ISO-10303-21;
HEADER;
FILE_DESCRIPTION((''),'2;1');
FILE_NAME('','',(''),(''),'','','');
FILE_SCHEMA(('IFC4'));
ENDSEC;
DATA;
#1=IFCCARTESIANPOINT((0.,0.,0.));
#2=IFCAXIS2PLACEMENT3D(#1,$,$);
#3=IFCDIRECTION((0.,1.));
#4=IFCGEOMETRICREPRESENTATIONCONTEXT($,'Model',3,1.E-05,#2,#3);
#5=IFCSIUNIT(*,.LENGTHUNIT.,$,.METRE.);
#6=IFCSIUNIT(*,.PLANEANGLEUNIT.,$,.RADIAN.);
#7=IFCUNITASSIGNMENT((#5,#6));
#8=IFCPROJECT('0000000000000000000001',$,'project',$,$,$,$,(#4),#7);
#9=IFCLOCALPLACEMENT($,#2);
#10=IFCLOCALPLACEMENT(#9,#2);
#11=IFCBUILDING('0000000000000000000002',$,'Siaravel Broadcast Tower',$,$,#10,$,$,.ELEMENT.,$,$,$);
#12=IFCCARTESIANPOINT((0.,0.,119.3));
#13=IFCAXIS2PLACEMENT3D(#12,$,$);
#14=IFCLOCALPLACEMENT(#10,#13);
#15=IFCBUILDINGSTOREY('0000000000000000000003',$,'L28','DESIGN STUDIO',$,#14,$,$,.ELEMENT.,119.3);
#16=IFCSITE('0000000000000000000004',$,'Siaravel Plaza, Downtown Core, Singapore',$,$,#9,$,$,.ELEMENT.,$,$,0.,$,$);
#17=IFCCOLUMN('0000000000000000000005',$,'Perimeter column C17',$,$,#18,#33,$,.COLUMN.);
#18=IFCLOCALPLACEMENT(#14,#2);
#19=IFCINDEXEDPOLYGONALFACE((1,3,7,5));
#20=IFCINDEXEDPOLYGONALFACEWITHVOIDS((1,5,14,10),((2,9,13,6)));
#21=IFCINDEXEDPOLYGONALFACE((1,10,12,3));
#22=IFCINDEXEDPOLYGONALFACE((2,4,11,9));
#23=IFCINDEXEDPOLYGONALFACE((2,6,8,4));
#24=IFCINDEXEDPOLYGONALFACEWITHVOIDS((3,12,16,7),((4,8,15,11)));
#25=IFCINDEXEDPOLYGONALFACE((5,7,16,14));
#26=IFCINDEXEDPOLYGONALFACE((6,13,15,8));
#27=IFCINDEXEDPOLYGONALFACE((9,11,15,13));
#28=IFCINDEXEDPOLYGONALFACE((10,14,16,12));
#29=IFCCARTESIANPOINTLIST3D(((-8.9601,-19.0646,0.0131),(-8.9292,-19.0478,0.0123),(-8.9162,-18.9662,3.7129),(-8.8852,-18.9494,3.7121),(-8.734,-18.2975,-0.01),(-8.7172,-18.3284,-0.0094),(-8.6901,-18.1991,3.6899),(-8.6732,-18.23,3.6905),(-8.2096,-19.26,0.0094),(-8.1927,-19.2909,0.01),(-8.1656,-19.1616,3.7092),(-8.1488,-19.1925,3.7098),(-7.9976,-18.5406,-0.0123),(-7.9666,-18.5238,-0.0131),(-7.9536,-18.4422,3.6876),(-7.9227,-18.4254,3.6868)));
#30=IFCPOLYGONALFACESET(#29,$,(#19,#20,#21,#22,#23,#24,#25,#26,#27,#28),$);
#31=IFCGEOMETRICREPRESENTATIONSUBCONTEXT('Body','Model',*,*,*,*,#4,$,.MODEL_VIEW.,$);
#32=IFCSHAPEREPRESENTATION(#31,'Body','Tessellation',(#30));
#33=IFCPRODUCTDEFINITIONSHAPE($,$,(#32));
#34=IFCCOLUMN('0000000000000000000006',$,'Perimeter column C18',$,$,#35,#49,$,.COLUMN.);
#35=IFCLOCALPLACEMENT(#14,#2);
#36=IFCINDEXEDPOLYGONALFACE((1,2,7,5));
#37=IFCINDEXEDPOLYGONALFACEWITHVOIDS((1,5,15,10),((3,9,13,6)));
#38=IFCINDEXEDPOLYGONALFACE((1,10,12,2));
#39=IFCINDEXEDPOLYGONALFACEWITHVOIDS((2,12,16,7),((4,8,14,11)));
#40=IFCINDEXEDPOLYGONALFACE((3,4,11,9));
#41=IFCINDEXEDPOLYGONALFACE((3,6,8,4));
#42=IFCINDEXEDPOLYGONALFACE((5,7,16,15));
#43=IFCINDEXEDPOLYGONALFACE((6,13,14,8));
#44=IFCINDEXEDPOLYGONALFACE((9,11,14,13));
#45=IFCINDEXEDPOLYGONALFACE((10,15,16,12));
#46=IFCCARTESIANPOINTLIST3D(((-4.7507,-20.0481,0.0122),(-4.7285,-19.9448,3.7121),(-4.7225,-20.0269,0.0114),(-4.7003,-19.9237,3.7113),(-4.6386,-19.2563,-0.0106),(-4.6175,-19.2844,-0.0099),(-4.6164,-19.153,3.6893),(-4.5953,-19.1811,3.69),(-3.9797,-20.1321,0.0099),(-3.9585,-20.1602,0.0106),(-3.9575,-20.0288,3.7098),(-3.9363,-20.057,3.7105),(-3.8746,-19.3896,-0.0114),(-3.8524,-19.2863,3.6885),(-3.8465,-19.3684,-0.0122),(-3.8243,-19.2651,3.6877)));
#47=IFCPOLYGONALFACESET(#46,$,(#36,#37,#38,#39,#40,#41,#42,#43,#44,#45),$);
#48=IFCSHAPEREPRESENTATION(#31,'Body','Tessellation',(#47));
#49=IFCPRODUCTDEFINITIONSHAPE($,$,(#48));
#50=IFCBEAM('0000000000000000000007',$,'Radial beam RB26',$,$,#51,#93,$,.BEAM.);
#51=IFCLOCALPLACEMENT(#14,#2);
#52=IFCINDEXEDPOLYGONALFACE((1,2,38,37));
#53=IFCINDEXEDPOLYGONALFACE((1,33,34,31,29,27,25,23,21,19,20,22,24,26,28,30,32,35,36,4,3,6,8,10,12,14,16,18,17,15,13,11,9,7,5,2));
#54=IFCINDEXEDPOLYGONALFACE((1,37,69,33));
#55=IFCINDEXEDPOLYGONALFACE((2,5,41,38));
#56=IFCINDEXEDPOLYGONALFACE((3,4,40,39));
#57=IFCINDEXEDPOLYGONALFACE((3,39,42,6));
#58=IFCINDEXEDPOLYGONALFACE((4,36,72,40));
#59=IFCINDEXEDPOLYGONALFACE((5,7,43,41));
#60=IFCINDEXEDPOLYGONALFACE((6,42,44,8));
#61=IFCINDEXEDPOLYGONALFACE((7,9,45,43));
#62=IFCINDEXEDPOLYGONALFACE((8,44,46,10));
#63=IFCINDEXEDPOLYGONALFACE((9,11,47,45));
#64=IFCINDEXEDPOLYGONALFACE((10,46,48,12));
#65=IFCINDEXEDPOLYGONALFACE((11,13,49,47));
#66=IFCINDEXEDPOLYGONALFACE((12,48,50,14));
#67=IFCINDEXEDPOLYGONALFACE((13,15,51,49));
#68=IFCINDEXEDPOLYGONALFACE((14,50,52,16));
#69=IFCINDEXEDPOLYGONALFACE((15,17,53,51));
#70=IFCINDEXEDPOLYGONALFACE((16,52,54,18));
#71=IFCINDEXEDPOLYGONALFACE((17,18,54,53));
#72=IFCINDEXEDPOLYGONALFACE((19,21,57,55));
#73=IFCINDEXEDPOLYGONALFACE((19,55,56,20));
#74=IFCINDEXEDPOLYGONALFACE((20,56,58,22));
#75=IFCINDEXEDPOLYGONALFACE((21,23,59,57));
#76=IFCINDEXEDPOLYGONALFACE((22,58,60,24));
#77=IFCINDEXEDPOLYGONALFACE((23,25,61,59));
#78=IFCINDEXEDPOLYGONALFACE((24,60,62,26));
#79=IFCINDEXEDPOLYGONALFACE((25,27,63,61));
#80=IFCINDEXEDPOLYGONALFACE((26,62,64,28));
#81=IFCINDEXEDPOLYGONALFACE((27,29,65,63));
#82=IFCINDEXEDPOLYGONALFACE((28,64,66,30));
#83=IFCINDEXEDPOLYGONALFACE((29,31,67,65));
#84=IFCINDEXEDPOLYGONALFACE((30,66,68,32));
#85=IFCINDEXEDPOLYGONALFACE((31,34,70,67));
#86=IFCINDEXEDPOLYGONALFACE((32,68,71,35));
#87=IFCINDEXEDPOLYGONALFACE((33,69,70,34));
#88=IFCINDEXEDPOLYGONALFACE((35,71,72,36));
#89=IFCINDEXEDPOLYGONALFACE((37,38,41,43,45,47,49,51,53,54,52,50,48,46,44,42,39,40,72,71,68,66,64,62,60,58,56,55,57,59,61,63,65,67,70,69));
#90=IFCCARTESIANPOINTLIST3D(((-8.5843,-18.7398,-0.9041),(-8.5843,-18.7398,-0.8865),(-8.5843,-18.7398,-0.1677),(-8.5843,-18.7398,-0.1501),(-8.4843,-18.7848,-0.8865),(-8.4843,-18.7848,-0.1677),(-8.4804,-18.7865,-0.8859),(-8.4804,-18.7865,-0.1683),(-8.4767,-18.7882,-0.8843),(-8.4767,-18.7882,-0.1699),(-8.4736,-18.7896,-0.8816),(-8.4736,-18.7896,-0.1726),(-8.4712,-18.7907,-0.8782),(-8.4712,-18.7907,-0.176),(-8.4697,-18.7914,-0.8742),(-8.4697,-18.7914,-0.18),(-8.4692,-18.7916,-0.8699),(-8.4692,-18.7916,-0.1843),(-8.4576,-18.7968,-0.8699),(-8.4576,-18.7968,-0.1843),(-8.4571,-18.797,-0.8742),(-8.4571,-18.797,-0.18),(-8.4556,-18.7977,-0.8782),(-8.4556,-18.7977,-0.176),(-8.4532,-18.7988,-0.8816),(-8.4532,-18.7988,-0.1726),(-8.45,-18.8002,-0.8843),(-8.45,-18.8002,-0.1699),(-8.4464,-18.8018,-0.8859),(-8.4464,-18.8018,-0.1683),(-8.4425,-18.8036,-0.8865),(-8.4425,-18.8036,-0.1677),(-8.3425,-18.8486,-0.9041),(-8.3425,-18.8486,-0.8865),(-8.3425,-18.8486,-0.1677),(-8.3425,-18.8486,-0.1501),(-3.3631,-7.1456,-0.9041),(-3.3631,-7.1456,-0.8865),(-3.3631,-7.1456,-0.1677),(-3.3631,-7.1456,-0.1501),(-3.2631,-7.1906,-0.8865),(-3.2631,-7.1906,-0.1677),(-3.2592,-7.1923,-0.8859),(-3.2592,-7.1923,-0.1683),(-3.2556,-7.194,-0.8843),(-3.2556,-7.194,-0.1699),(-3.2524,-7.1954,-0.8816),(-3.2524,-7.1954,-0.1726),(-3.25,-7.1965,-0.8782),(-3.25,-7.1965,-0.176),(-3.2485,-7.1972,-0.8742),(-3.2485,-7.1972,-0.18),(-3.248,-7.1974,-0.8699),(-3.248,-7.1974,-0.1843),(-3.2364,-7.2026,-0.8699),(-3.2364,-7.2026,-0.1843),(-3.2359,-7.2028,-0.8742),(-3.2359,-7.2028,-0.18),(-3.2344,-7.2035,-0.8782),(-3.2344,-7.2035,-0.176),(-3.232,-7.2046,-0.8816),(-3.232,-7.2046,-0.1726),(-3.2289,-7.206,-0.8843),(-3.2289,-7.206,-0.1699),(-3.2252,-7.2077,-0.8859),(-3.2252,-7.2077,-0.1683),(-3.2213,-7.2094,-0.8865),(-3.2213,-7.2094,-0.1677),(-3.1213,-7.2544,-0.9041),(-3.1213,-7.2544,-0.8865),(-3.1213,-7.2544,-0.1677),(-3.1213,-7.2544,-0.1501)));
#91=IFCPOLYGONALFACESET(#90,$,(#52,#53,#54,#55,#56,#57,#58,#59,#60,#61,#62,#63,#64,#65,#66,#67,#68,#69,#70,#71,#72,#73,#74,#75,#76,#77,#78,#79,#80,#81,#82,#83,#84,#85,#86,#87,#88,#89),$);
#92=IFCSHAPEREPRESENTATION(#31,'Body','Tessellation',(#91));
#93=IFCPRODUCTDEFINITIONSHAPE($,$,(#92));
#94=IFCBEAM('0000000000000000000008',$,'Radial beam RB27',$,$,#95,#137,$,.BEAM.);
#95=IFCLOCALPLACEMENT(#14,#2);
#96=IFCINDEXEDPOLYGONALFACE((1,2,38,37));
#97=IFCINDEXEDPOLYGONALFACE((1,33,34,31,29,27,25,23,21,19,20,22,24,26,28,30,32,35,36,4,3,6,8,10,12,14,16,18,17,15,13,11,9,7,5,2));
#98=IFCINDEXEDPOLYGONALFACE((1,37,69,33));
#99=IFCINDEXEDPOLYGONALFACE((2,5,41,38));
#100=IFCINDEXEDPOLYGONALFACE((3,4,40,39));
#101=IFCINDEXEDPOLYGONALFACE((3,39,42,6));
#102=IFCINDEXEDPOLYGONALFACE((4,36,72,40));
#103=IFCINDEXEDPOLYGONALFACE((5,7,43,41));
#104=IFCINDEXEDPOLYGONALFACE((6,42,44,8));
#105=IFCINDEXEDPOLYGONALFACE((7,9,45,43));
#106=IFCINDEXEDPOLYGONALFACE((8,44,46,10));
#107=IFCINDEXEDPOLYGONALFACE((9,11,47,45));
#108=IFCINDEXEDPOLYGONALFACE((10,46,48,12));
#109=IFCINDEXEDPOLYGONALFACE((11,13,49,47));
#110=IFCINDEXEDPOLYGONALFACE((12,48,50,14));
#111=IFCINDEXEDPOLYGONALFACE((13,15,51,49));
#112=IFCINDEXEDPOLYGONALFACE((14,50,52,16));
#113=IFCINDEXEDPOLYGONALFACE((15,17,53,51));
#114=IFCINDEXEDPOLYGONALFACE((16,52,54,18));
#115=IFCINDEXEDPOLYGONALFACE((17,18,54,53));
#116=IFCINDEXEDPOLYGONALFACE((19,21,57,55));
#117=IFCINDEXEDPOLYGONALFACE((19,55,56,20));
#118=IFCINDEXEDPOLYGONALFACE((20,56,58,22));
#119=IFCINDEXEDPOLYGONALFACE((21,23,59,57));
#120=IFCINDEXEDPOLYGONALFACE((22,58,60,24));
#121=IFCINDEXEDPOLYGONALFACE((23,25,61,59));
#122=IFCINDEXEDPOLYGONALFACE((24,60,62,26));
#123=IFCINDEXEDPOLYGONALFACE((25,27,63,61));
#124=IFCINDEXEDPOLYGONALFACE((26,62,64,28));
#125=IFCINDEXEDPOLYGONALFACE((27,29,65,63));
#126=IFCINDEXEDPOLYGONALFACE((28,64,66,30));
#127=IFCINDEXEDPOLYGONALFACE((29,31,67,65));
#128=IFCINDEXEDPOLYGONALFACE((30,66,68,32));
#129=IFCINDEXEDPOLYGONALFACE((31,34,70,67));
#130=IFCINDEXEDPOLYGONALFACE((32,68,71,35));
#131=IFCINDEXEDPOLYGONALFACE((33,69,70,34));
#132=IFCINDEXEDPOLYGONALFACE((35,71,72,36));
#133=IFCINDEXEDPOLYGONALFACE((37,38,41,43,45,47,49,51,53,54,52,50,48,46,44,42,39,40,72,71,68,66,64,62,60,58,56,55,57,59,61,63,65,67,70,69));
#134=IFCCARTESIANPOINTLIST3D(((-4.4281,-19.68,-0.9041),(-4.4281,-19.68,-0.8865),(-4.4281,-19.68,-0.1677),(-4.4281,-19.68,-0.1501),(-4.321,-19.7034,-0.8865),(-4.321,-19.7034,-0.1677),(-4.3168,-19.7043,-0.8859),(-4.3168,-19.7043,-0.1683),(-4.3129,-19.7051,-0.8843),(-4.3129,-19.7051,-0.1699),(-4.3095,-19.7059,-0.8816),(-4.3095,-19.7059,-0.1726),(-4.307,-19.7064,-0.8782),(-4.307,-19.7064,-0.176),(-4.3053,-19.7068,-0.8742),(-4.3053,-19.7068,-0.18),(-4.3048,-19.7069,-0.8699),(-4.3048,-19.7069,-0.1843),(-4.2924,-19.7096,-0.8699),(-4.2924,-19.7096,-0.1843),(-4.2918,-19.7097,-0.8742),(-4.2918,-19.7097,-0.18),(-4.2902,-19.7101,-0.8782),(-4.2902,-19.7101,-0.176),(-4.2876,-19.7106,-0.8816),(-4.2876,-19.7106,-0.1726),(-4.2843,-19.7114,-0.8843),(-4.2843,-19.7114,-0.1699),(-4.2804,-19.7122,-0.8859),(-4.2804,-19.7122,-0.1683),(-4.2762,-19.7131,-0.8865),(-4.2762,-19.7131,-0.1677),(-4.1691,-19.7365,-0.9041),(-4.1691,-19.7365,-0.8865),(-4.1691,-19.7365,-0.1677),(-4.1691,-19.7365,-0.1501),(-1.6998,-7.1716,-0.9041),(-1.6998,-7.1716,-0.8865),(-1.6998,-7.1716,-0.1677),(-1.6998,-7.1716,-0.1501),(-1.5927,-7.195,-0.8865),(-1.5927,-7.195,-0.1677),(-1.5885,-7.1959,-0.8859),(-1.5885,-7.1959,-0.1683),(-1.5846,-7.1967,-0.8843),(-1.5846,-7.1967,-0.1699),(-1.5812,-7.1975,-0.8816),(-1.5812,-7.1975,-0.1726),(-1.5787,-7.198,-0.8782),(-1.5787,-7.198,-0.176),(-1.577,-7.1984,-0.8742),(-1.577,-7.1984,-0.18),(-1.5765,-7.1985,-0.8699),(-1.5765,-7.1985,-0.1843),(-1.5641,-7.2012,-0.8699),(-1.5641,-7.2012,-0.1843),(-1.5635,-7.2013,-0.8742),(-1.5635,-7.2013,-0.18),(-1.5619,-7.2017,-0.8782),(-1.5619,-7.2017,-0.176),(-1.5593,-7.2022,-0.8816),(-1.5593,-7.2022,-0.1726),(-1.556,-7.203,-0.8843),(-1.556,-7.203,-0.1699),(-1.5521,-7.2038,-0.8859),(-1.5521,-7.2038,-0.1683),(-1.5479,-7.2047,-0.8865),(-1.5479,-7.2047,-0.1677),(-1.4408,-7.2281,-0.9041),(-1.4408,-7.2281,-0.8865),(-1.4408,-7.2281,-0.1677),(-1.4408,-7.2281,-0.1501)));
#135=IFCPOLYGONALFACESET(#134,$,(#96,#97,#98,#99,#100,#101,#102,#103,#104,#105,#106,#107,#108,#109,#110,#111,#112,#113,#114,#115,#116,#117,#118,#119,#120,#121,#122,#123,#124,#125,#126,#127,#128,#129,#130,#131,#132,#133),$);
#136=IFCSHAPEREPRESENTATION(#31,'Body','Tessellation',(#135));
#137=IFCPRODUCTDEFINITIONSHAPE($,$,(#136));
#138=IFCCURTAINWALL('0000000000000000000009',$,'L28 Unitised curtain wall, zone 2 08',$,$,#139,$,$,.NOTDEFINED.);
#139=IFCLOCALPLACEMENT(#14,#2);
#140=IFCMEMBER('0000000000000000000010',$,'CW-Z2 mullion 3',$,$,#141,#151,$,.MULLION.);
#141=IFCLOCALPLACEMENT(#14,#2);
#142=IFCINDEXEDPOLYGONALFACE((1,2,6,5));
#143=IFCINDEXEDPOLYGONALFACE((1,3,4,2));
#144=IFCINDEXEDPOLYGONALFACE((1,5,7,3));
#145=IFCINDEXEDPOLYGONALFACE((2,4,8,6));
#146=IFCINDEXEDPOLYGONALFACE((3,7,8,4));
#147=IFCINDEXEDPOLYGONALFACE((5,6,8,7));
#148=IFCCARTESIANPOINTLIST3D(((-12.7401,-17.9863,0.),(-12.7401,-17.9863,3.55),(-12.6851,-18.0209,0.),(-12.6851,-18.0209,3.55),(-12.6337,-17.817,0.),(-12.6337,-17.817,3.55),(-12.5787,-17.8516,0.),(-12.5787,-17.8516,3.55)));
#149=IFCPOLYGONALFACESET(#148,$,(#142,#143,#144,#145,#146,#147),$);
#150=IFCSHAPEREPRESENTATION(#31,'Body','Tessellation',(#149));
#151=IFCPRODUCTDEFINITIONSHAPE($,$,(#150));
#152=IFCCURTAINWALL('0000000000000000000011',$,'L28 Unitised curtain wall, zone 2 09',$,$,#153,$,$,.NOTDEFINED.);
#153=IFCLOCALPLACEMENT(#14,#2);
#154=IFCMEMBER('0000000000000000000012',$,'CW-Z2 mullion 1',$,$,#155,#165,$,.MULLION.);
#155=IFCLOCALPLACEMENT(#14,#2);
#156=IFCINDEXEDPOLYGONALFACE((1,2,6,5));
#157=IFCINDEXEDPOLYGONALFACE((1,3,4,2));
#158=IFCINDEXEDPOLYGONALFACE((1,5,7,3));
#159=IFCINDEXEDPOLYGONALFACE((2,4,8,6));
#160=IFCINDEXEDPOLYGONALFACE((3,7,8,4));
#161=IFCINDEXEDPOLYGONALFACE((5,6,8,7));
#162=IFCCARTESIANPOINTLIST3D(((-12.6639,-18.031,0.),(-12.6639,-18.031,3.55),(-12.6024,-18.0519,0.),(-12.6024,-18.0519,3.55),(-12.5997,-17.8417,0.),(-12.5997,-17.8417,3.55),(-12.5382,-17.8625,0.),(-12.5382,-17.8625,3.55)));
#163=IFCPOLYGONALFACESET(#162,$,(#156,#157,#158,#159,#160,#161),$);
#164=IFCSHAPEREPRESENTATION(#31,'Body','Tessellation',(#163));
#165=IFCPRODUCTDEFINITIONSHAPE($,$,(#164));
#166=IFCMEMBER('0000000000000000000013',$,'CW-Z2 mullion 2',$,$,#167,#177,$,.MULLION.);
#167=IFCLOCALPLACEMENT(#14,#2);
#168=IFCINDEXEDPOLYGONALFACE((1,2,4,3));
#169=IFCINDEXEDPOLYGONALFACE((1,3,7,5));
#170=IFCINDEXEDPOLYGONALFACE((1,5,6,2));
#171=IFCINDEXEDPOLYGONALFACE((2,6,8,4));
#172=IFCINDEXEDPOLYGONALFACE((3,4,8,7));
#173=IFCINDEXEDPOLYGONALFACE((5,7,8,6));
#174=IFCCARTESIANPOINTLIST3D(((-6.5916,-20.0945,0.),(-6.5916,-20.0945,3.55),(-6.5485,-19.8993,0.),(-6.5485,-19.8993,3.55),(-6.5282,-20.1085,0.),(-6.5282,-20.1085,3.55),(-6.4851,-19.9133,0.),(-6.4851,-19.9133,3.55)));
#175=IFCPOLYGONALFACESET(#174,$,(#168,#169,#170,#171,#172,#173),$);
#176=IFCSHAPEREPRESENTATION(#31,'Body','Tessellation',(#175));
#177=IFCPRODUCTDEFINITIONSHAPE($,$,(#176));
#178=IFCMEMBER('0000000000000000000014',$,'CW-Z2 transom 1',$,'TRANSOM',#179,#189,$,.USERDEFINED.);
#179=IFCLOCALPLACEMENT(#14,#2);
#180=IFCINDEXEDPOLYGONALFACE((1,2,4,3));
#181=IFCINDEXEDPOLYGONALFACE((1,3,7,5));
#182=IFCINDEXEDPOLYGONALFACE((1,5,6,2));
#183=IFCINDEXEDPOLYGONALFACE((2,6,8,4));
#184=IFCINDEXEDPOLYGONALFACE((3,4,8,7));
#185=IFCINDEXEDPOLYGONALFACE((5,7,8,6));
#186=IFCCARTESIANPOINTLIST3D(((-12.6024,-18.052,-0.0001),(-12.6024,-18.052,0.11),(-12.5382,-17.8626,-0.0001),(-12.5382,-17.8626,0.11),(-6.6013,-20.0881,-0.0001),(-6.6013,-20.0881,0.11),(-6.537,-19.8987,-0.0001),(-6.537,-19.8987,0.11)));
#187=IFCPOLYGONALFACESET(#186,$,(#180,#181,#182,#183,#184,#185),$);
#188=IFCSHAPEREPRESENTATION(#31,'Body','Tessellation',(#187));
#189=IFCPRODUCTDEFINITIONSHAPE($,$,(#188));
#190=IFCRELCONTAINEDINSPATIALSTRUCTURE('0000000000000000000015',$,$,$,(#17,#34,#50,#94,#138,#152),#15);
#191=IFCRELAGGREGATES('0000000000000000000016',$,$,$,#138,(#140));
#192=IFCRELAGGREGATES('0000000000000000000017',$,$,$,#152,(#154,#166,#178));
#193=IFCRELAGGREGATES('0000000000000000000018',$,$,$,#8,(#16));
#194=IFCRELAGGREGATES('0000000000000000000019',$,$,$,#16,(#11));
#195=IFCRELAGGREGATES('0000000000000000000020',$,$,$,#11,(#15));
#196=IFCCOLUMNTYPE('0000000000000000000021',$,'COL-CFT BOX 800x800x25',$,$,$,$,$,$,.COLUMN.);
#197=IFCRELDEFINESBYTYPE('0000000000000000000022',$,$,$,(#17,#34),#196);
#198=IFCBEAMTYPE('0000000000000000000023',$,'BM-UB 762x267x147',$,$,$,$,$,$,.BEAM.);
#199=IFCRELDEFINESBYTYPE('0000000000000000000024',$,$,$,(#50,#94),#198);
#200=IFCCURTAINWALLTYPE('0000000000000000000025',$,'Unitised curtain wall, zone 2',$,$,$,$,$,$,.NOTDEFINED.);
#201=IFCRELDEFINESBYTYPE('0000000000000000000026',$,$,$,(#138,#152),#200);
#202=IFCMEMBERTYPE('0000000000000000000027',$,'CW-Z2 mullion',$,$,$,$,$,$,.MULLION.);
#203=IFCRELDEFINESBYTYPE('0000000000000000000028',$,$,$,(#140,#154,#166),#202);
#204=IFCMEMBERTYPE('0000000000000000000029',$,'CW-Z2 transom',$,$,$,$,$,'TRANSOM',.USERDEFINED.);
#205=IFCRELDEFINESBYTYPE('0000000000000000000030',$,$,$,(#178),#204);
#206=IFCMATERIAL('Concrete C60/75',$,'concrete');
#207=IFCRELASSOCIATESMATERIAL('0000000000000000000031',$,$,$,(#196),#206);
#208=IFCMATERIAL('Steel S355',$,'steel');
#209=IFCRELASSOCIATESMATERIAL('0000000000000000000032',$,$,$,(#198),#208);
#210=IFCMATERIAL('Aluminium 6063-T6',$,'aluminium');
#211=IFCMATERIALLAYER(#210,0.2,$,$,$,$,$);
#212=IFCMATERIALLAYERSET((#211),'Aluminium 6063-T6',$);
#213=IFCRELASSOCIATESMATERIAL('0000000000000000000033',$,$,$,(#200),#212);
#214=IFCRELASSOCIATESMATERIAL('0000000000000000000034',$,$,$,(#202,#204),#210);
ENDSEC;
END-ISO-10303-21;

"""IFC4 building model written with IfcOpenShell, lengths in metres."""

from ifc_helpers import new_model, si_unit, direction, frame, origin, origin_2d, place, context, subcontext, project, spatial, rectangle, hollow_rectangle, i_section, extrude, material, layer, layer_set, material_profile, profile_set, type_object, element, aggregate, save


model = new_model("IFC4")

# Units and contexts
model_context = context("Model", 3, precision=1e-05, world=origin(), true_north=direction((0.0, 1.0)))
body_context = subcontext(model_context, "Body", "Model", "MODEL_VIEW")
ifc_project = project(units=[si_unit("LENGTHUNIT", "METRE"), si_unit("PLANEANGLEUNIT", "RADIAN")], contexts=[model_context])

# Site, building, storey
site_placement = place(None, origin())
site = spatial("IfcSite", under=ifc_project, at=site_placement, Name="Siaravel Plaza, Downtown Core, Singapore", CompositionType="ELEMENT", RefElevation=0.0)
building_placement = place(site_placement, origin())
building = spatial("IfcBuilding", under=site, at=building_placement, Name="Siaravel Broadcast Tower", CompositionType="ELEMENT")
storey_placement = place(building_placement, frame((0.0, 0.0, 119.3)))
storey = spatial("IfcBuildingStorey", under=building, at=storey_placement, Name="L28", Description="DESIGN STUDIO", CompositionType="ELEMENT", Elevation=119.3)

# Columns
ifc_material_1 = material(Name="Concrete C60/75", Category="concrete")
ifc_material_profile_1 = material_profile(ifc_material_1, hollow_rectangle(XDim=0.8, YDim=0.8, WallThickness=0.0249, at=origin_2d()))
ifc_profile_set_1 = profile_set([ifc_material_profile_1], Name="Concrete C60/75")
column_type = type_object("IfcColumnType", Name="COL-CFT BOX 800x800x25", PredefinedType="COLUMN", material=ifc_profile_set_1)
for number, where, z_axis, x_axis, name in (
    (1, (-8.4634, -18.7942, 0.0), (0.011872, 0.026581, 0.999576), (-0.959163, 0.282827, 0.003871), "Perimeter column C17"),
    (2, (-4.2986, -19.7083, 0.0), (0.006002, 0.0279, 0.999593), (-0.990128, 0.140152, 0.002033), "Perimeter column C18"),
):
    element("IfcColumn", number, at=place(storey_placement, frame(where, z_axis=z_axis, x_axis=x_axis)), inside=storey, type_object=column_type, Name=name, PredefinedType="COLUMN", context=body_context, shape_type="SweptSolid", body=[
        extrude(hollow_rectangle(XDim=0.8, YDim=0.8, WallThickness=0.0249, at=origin_2d()), origin(), (0.0, 0.0, 1.0), 3.7014),
    ])

# Beams
ifc_material_2 = material(Name="Steel S355", Category="steel")
ifc_material_profile_2 = material_profile(ifc_material_2, i_section(OverallWidth=0.2651, OverallDepth=0.7539, WebThickness=0.0127, FlangeThickness=0.0176, FilletRadius=0.0166, at=origin_2d()))
ifc_profile_set_2 = profile_set([ifc_material_profile_2], Name="Steel S355")
beam_type = type_object("IfcBeamType", Name="BM-UB 762x267x147", PredefinedType="BEAM", material=ifc_profile_set_2)
beam_1_placement = place(storey_placement, frame((-8.4634, -18.7942, -0.5271), z_axis=(0.410612, 0.91181, 0.0), x_axis=(-0.91181, 0.410612, 0.0)))
element("IfcBeam", 3, at=beam_1_placement, inside=storey, type_object=beam_type, Name="Radial beam RB26", PredefinedType="BEAM", context=body_context, shape_type="SweptSolid", body=[
    extrude(i_section(OverallWidth=0.2651, OverallDepth=0.7539, WebThickness=0.0127, FlangeThickness=0.0176, FilletRadius=0.0166, at=origin_2d()), origin(), (0.0, 0.0, 1.0), 12.7156),
])
beam_2_placement = place(storey_placement, frame((-4.2986, -19.7083, -0.5271), z_axis=(0.213107, 0.977029, 0.0), x_axis=(-0.977029, 0.213107, 0.0)))
element("IfcBeam", 4, at=beam_2_placement, inside=storey, type_object=beam_type, Name="Radial beam RB27", PredefinedType="BEAM", context=body_context, shape_type="SweptSolid", body=[
    extrude(i_section(OverallWidth=0.2651, OverallDepth=0.7539, WebThickness=0.0127, FlangeThickness=0.0176, FilletRadius=0.0166, at=origin_2d()), origin(), (0.0, 0.0, 1.0), 12.8025),
])

# Curtain wall, member
ifc_material_3 = material(Name="Aluminium 6063-T6", Category="aluminium")
ifc_layer_1 = layer(ifc_material_3, 0.2)
ifc_layer_set_1 = layer_set([ifc_layer_1], Name="Aluminium 6063-T6")
curtain_wall_type = type_object("IfcCurtainWallType", Name="Unitised curtain wall, zone 2", PredefinedType="NOTDEFINED", material=ifc_layer_set_1)
curtain_wall_1_placement = place(storey_placement, origin())
curtain_wall_1 = element("IfcCurtainWall", 5, at=curtain_wall_1_placement, inside=storey, type_object=curtain_wall_type, Name="L28 Unitised curtain wall, zone 2 08", PredefinedType="NOTDEFINED")
ifc_material_profile_3 = material_profile(ifc_material_3, rectangle(XDim=0.2, YDim=0.0649, at=origin_2d()))
ifc_profile_set_3 = profile_set([ifc_material_profile_3], Name="Aluminium 6063-T6")
member_type_1 = type_object("IfcMemberType", Name="CW-Z2 mullion", PredefinedType="MULLION", material=ifc_profile_set_3)
member_1_placement = place(storey_placement, frame((-12.6594, -17.9189, 0.0), z_axis=(0.0, 0.0, 1.0), x_axis=(0.532149, 0.846651, 0.0)))
member_1 = element("IfcMember", 6, at=member_1_placement, type_object=member_type_1, Name="CW-Z2 mullion 3", PredefinedType="MULLION", context=body_context, shape_type="SweptSolid", body=[
    extrude(rectangle(XDim=0.2, YDim=0.0649, at=origin_2d()), origin(), (0.0, 0.0, 1.0), 3.55),
])
aggregate(curtain_wall_1, [member_1])

# Curtain wall, members
curtain_wall_2_placement = place(storey_placement, origin())
curtain_wall_2 = element("IfcCurtainWall", 7, at=curtain_wall_2_placement, inside=storey, type_object=curtain_wall_type, Name="L28 Unitised curtain wall, zone 2 09", PredefinedType="NOTDEFINED")
member_2_placement = place(storey_placement, frame((-12.6011, -17.9468, 0.0), z_axis=(0.0, 0.0, 1.0), x_axis=(0.321301, 0.946977, 0.0)))
member_2 = element("IfcMember", 8, at=member_2_placement, type_object=member_type_1, Name="CW-Z2 mullion 1", PredefinedType="MULLION", context=body_context, shape_type="SweptSolid", body=[
    extrude(rectangle(XDim=0.2, YDim=0.0649, at=origin_2d()), origin(), (0.0, 0.0, 1.0), 3.55),
])
member_3_placement = place(storey_placement, frame((-6.5383, -20.0039, 0.0), z_axis=(0.0, 0.0, 1.0), x_axis=(0.215558, 0.976491, 0.0)))
member_3 = element("IfcMember", 9, at=member_3_placement, type_object=member_type_1, Name="CW-Z2 mullion 2", PredefinedType="MULLION", context=body_context, shape_type="SweptSolid", body=[
    extrude(rectangle(XDim=0.2, YDim=0.0649, at=origin_2d()), origin(), (0.0, 0.0, 1.0), 3.55),
])
ifc_material_profile_4 = material_profile(ifc_material_3, rectangle(XDim=0.2, YDim=0.1101, at=origin_2d()))
ifc_profile_set_4 = profile_set([ifc_material_profile_4], Name="Aluminium 6063-T6")
member_type_2 = type_object("IfcMemberType", Name="CW-Z2 transom", ElementType="TRANSOM", PredefinedType="USERDEFINED", material=ifc_profile_set_4)
member_4_placement = place(storey_placement, frame((-12.5703, -17.9573, 0.0549), z_axis=(0.946978, -0.321297, 0.0), x_axis=(0.321297, 0.946978, 0.0)))
member_4 = element("IfcMember", 10, at=member_4_placement, type_object=member_type_2, Name="CW-Z2 transom 1", ObjectType="TRANSOM", PredefinedType="USERDEFINED", context=body_context, shape_type="SweptSolid", body=[
    extrude(rectangle(XDim=0.2, YDim=0.1101, at=origin_2d()), origin(), (0.0, 0.0, 1.0), 6.3372),
])

aggregate(curtain_wall_2, [member_2, member_3, member_4])

save(model, "model.ifc")
